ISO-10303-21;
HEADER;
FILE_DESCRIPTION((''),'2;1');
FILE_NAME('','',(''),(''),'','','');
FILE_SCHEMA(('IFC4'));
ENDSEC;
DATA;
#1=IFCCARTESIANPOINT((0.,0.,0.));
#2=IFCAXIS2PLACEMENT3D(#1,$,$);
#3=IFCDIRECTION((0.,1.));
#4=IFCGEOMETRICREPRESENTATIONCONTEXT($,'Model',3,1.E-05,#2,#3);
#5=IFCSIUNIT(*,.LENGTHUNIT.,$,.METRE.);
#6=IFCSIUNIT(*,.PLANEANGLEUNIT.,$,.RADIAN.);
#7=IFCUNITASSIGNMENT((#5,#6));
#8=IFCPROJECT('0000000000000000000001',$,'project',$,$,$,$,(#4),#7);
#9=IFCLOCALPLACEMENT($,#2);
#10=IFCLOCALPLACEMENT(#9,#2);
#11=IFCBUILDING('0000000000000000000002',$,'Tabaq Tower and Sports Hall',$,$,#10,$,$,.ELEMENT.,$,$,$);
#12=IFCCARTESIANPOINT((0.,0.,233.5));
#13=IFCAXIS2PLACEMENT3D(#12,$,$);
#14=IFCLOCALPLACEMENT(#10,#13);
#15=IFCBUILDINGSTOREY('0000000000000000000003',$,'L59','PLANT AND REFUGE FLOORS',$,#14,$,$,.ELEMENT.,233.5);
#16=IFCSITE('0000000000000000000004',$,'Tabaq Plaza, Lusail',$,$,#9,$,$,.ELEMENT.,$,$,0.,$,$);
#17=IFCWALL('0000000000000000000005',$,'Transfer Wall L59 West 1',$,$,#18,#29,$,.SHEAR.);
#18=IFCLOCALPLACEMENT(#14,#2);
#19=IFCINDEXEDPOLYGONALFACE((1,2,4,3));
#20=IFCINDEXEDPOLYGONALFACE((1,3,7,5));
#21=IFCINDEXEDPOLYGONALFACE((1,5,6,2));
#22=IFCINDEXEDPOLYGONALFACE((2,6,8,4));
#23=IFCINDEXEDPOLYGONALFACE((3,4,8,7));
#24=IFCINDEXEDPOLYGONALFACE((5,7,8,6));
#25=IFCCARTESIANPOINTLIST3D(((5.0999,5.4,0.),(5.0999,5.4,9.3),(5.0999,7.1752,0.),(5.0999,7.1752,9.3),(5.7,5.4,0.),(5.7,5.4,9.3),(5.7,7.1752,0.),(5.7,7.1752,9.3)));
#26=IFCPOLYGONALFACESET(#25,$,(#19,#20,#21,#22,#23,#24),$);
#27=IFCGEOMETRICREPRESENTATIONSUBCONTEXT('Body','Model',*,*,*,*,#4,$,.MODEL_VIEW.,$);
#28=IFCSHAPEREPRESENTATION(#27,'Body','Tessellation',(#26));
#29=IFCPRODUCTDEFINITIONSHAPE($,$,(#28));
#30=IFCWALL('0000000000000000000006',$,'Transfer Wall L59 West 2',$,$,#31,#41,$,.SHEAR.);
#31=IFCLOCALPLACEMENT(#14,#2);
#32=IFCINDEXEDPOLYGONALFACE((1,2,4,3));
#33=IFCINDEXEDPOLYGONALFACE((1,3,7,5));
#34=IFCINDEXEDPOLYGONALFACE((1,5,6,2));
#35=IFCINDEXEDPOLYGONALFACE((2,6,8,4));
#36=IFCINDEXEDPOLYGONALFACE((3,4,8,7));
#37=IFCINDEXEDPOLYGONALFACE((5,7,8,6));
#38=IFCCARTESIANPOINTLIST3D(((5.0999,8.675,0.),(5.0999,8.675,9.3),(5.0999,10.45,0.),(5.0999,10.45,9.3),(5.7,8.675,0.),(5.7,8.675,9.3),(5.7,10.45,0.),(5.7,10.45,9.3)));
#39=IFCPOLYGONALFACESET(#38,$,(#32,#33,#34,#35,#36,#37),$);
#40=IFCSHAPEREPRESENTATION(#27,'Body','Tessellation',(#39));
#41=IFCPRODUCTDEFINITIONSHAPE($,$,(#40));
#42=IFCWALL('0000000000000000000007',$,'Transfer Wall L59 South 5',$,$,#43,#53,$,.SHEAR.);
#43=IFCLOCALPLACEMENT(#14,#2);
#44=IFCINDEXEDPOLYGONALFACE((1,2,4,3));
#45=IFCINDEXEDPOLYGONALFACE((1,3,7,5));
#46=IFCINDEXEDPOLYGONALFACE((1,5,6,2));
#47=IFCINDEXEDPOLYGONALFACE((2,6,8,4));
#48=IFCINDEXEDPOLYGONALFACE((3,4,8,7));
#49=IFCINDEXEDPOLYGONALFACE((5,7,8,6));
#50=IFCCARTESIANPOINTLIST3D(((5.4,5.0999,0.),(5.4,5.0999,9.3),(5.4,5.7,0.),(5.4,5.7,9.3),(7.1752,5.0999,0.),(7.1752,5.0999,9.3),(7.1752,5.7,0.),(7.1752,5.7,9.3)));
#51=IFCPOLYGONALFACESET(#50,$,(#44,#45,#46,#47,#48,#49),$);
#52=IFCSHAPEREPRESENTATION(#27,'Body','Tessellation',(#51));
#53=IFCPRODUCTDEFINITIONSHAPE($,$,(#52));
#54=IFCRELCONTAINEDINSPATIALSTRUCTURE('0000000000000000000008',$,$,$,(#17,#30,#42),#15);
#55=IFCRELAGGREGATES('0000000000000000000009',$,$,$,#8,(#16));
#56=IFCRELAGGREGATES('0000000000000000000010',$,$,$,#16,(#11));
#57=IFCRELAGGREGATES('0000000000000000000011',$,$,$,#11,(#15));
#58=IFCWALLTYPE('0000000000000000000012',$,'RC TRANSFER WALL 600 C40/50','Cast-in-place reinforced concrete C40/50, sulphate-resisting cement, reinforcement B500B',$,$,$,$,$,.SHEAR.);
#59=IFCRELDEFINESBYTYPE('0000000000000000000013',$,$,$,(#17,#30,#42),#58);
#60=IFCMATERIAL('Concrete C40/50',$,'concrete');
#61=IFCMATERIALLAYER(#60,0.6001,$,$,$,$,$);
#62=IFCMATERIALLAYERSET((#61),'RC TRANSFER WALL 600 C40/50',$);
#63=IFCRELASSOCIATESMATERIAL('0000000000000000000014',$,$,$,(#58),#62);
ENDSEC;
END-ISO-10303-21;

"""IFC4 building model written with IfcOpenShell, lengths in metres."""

from ifc_helpers import new_model, si_unit, direction, frame, frame_2d, origin, place, context, subcontext, project, spatial, rectangle, extrude, material, layer, layer_set, type_object, element, save


model = new_model("IFC4")

# Units and contexts
model_context = context("Model", 3, precision=1e-05, world=origin(), true_north=direction((0.0, 1.0)))
body_context = subcontext(model_context, "Body", "Model", "MODEL_VIEW")
ifc_project = project(units=[si_unit("LENGTHUNIT", "METRE"), si_unit("PLANEANGLEUNIT", "RADIAN")], contexts=[model_context])

# Site, building, storey
site_placement = place(None, origin())
site = spatial("IfcSite", under=ifc_project, at=site_placement, Name="Tabaq Plaza, Lusail", CompositionType="ELEMENT", RefElevation=0.0)
building_placement = place(site_placement, origin())
building = spatial("IfcBuilding", under=site, at=building_placement, Name="Tabaq Tower and Sports Hall", CompositionType="ELEMENT")
storey_placement = place(building_placement, frame((0.0, 0.0, 233.5)))
storey = spatial("IfcBuildingStorey", under=building, at=storey_placement, Name="L59", Description="PLANT AND REFUGE FLOORS", CompositionType="ELEMENT", Elevation=233.5)

# Walls
ifc_material_1 = material(Name="Concrete C40/50", Category="concrete")
ifc_layer_1 = layer(ifc_material_1, 0.6001)
ifc_layer_set_1 = layer_set([ifc_layer_1], Name="RC TRANSFER WALL 600 C40/50")
wall_type = type_object("IfcWallType", Name="RC TRANSFER WALL 600 C40/50", Description="Cast-in-place reinforced concrete C40/50, sulphate-resisting cement, reinforcement B500B", PredefinedType="SHEAR", material=ifc_layer_set_1)
wall_1_placement = place(storey_placement, frame((5.3999, 5.3999, 0.0), z_axis=(0.0, 0.0, 1.0), x_axis=(0.0, 1.0, 0.0)))
element("IfcWall", 1, at=wall_1_placement, inside=storey, type_object=wall_type, Name="Transfer Wall L59 West 1", PredefinedType="SHEAR", context=body_context, shape_type="SweptSolid", body=[
    extrude(rectangle(XDim=1.7751, YDim=0.6001, at=frame_2d((0.8877, 0.0))), origin(), (0.0, 0.0, 1.0), 9.3),
])
wall_2_placement = place(storey_placement, frame((5.3999, 8.675, 0.0), z_axis=(0.0, 0.0, 1.0), x_axis=(0.0, 1.0, 0.0)))
element("IfcWall", 2, at=wall_2_placement, inside=storey, type_object=wall_type, Name="Transfer Wall L59 West 2", PredefinedType="SHEAR", context=body_context, shape_type="SweptSolid", body=[
    extrude(rectangle(XDim=1.7749, YDim=0.6001, at=frame_2d((0.8875, 0.0))), origin(), (0.0, 0.0, 1.0), 9.3),
])
wall_3_placement = place(storey_placement, frame((5.3999, 5.3999, 0.0), z_axis=(0.0, 0.0, 1.0), x_axis=(1.0, 0.0, 0.0)))
element("IfcWall", 3, at=wall_3_placement, inside=storey, type_object=wall_type, Name="Transfer Wall L59 South 5", PredefinedType="SHEAR", context=body_context, shape_type="SweptSolid", body=[
    extrude(rectangle(XDim=1.7751, YDim=0.6001, at=frame_2d((0.8877, 0.0))), origin(), (0.0, 0.0, 1.0), 9.3),
])

save(model, "model.ifc")
